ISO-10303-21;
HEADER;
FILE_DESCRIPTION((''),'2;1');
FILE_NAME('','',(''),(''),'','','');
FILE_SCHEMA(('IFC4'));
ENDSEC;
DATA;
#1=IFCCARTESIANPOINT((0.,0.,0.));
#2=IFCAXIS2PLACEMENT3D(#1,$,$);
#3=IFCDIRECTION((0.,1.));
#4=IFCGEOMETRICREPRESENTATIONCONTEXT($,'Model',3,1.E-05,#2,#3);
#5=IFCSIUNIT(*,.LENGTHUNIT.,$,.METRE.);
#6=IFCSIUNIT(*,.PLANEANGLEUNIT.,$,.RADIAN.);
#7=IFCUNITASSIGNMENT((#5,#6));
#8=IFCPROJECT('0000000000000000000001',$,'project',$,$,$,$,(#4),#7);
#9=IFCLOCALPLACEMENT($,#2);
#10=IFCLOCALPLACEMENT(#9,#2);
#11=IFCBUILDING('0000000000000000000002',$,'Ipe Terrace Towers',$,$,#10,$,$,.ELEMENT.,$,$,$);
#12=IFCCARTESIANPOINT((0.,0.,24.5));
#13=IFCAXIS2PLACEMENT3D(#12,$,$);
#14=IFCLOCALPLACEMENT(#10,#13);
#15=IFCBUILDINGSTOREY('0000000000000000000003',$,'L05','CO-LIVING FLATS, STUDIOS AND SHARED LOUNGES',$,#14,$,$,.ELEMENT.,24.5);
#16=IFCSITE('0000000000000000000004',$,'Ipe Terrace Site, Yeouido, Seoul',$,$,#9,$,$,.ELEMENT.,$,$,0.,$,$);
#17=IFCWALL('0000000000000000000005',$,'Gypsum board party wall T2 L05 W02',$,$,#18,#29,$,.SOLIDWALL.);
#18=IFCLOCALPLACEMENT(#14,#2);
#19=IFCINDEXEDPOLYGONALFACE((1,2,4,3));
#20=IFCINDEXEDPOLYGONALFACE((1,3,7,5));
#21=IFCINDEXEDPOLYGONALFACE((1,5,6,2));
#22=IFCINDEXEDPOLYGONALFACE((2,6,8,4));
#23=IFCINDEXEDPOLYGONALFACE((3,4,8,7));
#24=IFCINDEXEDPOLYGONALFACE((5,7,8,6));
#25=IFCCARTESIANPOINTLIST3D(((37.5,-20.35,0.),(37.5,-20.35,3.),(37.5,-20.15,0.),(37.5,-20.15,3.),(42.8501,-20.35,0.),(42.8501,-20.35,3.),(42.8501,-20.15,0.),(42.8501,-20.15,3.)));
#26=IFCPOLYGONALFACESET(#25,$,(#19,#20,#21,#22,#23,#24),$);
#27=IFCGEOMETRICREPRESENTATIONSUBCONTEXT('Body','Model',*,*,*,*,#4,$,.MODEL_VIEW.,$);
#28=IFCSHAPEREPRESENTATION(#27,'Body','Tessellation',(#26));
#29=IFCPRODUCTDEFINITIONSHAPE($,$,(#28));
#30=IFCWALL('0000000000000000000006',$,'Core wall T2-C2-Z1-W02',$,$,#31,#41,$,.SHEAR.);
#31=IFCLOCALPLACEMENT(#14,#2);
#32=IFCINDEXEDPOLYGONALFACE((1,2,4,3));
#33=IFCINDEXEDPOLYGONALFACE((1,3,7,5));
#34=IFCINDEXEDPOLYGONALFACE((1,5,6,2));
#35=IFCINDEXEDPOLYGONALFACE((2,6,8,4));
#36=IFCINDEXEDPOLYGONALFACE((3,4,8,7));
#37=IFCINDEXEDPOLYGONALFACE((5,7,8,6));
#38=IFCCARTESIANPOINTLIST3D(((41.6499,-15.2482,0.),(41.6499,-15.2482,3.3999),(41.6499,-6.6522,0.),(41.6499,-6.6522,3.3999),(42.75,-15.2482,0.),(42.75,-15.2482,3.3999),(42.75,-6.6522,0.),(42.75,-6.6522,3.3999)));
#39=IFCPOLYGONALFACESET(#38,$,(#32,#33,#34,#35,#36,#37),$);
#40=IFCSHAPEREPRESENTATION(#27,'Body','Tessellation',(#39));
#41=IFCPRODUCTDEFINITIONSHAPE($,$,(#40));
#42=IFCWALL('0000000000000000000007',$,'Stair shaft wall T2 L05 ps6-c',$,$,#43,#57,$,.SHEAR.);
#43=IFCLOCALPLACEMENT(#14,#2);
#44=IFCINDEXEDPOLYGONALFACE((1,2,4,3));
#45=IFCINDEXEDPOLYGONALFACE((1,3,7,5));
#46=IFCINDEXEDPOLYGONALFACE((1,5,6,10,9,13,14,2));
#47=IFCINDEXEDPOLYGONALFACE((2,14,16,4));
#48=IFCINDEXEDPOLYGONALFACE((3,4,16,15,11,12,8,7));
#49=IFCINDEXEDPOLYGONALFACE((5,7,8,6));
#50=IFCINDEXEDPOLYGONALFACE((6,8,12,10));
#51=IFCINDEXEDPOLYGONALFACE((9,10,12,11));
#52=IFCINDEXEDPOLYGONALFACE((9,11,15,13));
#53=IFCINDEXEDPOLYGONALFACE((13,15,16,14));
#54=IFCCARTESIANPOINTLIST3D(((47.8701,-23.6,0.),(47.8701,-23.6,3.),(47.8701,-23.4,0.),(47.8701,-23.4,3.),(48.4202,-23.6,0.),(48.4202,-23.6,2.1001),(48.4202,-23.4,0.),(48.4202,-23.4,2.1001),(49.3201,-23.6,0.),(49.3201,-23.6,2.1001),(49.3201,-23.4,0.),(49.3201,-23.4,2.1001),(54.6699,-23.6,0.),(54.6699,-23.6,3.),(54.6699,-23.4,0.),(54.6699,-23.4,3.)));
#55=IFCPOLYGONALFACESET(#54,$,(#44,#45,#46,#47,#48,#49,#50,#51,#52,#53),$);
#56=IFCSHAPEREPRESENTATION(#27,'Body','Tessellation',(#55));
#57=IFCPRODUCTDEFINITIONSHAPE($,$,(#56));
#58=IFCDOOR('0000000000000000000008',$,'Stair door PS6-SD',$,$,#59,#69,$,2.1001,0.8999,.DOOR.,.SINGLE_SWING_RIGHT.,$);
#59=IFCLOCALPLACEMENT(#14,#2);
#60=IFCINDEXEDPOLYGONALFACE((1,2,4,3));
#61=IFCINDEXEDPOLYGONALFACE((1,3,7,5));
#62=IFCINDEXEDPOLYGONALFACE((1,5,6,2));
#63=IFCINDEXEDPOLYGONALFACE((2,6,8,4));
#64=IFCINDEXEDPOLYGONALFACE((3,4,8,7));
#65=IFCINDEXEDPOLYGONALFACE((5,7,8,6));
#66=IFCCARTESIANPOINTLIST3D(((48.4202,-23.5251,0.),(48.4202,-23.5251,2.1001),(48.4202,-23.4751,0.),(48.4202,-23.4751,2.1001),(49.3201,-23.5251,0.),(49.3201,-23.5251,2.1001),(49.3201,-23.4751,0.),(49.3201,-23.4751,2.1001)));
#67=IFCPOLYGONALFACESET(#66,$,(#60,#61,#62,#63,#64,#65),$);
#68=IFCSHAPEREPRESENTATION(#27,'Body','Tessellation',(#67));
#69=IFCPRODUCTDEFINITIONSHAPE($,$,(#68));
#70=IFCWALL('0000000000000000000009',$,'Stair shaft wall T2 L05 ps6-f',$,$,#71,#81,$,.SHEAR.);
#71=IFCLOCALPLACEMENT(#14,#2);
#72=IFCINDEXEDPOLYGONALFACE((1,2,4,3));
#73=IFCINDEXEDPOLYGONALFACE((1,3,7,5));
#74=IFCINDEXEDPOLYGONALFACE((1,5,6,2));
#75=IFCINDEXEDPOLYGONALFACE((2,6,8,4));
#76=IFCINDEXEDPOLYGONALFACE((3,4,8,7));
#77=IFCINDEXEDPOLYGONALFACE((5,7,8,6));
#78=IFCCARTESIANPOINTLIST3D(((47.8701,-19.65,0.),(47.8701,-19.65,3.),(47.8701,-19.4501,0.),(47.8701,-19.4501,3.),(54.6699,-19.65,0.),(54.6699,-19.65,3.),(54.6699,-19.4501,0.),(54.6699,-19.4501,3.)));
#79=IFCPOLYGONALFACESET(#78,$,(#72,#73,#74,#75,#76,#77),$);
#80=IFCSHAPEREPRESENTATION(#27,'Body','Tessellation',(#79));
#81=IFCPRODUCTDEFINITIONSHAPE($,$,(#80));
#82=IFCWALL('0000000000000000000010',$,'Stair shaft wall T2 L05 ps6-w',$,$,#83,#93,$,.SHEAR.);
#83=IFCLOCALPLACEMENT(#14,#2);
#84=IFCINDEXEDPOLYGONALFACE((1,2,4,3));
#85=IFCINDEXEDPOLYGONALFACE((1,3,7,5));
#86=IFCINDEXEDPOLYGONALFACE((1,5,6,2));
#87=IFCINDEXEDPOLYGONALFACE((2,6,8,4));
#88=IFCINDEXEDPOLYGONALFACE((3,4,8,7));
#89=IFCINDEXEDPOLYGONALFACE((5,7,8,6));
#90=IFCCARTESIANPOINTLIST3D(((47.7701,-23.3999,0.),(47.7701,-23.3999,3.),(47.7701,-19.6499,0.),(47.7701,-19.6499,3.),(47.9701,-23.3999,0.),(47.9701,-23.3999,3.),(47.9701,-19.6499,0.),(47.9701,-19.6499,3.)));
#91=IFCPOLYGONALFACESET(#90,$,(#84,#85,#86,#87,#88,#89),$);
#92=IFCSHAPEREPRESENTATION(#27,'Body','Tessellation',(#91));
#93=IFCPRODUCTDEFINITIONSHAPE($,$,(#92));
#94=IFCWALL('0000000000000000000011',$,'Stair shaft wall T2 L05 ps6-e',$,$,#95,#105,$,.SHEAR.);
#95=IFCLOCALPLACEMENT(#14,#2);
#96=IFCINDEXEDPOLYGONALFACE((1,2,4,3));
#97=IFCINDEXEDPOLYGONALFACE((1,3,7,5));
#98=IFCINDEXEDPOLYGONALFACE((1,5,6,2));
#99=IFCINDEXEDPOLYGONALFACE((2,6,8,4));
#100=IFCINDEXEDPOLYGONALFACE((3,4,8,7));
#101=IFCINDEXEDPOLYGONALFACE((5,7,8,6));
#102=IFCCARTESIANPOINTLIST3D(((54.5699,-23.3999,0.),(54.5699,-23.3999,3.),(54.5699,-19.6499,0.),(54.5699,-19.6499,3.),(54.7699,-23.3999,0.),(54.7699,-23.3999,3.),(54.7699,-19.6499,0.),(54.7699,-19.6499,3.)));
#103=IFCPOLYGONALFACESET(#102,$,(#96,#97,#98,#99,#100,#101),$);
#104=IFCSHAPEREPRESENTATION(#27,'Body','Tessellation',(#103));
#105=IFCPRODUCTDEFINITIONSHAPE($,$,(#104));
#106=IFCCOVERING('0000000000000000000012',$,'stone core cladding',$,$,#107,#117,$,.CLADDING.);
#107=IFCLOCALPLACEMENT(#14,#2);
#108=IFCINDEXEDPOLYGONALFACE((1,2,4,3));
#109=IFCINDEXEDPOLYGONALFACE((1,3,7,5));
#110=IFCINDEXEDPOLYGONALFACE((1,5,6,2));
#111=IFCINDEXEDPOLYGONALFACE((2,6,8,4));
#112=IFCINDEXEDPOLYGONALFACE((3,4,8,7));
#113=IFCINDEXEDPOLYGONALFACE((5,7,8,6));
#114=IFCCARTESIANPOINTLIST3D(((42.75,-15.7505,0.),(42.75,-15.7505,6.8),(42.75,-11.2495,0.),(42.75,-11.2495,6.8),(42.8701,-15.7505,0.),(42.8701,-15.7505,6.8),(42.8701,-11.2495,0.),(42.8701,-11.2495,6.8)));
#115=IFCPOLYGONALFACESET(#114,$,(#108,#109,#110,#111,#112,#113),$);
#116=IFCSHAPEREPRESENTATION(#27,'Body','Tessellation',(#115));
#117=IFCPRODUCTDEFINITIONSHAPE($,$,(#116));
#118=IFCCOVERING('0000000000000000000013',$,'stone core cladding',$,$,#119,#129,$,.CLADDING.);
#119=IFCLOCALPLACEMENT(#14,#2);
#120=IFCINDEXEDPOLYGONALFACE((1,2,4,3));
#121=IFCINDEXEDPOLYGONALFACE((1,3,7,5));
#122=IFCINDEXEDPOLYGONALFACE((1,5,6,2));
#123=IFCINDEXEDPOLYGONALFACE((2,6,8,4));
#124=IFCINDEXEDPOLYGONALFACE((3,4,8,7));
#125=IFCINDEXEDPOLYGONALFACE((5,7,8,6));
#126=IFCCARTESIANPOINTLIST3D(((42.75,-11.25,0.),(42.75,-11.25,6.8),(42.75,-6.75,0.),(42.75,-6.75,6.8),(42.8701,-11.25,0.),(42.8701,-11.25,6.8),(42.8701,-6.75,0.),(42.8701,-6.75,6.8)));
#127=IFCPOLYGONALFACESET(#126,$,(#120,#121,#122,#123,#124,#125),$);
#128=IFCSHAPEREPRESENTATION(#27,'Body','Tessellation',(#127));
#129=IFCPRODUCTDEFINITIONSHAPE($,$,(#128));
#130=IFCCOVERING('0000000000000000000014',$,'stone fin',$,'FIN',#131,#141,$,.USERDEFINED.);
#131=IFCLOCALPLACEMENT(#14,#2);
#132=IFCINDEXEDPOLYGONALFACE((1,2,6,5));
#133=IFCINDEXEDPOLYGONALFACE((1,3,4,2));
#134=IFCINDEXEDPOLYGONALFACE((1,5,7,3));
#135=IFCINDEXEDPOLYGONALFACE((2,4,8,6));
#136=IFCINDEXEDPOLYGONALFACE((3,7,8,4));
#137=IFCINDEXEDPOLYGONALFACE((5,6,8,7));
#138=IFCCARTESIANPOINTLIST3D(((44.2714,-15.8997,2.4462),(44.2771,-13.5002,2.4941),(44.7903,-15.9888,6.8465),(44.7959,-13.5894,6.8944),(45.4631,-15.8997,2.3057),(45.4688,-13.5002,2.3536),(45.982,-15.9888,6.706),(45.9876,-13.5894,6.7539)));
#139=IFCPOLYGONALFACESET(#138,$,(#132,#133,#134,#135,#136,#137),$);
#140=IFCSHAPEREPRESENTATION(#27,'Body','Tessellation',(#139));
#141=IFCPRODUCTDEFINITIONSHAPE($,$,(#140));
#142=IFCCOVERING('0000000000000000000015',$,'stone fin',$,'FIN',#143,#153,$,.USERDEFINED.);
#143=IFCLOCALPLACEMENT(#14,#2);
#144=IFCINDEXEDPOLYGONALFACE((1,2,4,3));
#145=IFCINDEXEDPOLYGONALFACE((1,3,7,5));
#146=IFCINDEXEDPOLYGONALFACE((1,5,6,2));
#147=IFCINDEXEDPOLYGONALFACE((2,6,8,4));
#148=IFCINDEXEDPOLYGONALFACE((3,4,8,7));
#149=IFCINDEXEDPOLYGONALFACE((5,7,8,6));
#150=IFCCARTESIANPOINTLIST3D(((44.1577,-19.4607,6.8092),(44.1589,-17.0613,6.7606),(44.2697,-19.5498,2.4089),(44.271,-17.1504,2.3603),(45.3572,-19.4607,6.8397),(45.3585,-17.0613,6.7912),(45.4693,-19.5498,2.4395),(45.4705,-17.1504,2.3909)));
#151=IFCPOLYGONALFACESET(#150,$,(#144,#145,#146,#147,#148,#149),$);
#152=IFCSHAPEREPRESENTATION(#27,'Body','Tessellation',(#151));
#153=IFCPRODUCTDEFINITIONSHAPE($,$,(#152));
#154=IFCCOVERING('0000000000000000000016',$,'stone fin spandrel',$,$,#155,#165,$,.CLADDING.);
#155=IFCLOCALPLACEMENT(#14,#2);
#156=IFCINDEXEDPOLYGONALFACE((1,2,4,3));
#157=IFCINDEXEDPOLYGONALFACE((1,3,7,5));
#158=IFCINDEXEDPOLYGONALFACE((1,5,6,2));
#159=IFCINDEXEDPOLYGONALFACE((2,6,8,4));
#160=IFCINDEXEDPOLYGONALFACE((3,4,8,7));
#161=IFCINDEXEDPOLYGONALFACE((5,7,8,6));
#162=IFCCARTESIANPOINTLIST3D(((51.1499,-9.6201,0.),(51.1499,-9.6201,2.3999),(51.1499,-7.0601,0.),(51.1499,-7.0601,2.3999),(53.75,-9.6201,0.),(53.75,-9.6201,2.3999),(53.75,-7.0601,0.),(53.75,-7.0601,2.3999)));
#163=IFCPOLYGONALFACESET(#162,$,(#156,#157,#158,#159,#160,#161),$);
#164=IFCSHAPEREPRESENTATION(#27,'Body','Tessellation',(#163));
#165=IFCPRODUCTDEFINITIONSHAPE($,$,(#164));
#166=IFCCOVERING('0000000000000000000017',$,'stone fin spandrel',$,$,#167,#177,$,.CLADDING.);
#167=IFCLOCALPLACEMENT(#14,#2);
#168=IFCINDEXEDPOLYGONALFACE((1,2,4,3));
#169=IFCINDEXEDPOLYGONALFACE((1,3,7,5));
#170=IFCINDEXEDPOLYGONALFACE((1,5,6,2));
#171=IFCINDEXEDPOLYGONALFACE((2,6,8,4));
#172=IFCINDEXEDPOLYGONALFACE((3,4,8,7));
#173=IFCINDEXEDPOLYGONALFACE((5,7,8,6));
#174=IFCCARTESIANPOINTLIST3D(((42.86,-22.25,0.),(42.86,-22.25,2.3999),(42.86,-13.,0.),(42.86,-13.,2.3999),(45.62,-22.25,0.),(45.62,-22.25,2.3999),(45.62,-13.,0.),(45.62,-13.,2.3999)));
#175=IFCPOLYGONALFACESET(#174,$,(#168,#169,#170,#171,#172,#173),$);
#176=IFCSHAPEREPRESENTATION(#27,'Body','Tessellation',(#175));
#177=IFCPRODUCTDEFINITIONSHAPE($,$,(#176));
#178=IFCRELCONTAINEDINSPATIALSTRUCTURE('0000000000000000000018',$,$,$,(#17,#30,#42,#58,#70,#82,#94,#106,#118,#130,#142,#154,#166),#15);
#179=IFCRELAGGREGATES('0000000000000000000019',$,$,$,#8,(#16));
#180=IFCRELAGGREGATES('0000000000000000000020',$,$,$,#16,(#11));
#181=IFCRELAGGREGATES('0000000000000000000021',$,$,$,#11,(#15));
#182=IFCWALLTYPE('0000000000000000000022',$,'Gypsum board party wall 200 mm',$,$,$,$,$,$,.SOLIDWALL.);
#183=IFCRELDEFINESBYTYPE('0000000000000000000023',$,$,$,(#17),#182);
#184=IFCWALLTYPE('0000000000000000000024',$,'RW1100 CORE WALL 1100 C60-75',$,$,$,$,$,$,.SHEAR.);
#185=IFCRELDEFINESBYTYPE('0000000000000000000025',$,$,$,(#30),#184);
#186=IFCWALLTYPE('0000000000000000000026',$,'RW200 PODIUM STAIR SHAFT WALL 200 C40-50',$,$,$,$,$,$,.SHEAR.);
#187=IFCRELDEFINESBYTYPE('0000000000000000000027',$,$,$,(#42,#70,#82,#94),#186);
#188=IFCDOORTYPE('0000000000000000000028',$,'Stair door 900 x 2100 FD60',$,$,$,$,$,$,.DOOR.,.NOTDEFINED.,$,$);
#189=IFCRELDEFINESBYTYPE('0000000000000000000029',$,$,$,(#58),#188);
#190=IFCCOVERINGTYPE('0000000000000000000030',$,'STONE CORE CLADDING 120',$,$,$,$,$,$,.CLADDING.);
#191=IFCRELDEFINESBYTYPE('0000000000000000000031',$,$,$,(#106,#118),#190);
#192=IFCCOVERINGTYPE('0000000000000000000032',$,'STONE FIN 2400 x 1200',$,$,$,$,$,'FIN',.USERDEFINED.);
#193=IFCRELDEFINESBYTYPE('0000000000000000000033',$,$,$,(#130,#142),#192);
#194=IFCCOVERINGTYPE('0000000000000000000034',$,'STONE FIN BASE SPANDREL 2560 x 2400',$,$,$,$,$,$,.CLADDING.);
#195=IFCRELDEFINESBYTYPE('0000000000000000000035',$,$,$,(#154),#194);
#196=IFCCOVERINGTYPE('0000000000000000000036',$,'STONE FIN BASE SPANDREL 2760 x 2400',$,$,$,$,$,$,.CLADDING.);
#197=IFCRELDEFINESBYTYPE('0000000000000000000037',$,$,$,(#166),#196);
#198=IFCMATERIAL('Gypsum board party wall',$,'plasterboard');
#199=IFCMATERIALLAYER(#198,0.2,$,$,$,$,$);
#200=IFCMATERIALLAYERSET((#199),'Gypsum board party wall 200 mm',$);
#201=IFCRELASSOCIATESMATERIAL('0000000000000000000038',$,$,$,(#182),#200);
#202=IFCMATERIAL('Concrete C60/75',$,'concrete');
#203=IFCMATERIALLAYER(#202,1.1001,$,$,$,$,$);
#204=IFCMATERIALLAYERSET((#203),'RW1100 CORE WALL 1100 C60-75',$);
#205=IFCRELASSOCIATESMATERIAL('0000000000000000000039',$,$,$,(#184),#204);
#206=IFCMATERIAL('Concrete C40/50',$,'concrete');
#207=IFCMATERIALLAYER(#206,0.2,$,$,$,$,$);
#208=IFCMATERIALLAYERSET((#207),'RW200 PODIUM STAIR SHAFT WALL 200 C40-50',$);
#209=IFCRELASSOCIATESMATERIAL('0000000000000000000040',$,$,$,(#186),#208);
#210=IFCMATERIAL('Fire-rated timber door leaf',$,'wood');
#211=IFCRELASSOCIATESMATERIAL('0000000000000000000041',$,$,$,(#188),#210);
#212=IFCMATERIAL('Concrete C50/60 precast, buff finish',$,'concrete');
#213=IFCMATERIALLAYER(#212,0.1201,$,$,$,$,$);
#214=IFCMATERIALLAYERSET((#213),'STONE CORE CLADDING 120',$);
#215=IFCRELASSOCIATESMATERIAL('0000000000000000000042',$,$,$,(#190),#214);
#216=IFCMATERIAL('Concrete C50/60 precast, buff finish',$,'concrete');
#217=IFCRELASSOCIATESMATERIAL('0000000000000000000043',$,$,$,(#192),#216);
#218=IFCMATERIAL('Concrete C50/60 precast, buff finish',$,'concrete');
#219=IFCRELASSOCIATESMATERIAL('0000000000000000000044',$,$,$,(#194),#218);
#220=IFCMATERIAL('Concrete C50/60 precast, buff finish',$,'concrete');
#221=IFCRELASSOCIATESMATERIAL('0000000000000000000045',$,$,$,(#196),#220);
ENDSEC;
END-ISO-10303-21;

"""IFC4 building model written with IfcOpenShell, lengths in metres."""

from ifc_helpers import new_model, si_unit, direction, frame, frame_2d, origin, origin_2d, place, context, subcontext, project, spatial, rectangle, extrude, material, layer, layer_set, material_profile, profile_set, type_object, element, fill, save


model = new_model("IFC4")

# Units and contexts
model_context = context("Model", 3, precision=1e-05, world=origin(), true_north=direction((0.0, 1.0)))
body_context = subcontext(model_context, "Body", "Model", "MODEL_VIEW")
ifc_project = project(units=[si_unit("LENGTHUNIT", "METRE"), si_unit("PLANEANGLEUNIT", "RADIAN")], contexts=[model_context])

# Site, building, storey
site_placement = place(None, origin())
site = spatial("IfcSite", under=ifc_project, at=site_placement, Name="Ipe Terrace Site, Yeouido, Seoul", CompositionType="ELEMENT", RefElevation=0.0)
building_placement = place(site_placement, origin())
building = spatial("IfcBuilding", under=site, at=building_placement, Name="Ipe Terrace Towers", CompositionType="ELEMENT")
storey_placement = place(building_placement, frame((0.0, 0.0, 24.5)))
storey = spatial("IfcBuildingStorey", under=building, at=storey_placement, Name="L05", Description="CO-LIVING FLATS, STUDIOS AND SHARED LOUNGES", CompositionType="ELEMENT", Elevation=24.5)

# Walls
ifc_material_1 = material(Name="Gypsum board party wall", Category="plasterboard")
ifc_layer_1 = layer(ifc_material_1, 0.2)
ifc_layer_set_1 = layer_set([ifc_layer_1], Name="Gypsum board party wall 200 mm")
wall_type_1 = type_object("IfcWallType", Name="Gypsum board party wall 200 mm", PredefinedType="SOLIDWALL", material=ifc_layer_set_1)
wall_1_placement = place(storey_placement, frame((42.8501, -20.25, 0.0), z_axis=(0.0, 0.0, 1.0), x_axis=(-1.0, 0.0, 0.0)))
element("IfcWall", 1, at=wall_1_placement, inside=storey, type_object=wall_type_1, Name="Gypsum board party wall T2 L05 W02", PredefinedType="SOLIDWALL", context=body_context, shape_type="SweptSolid", body=[
    extrude(rectangle(XDim=5.3501, YDim=0.2, at=frame_2d((2.675, 0.0))), origin(), (0.0, 0.0, 1.0), 3.0),
])
ifc_material_2 = material(Name="Concrete C60/75", Category="concrete")
ifc_layer_2 = layer(ifc_material_2, 1.1001)
ifc_layer_set_2 = layer_set([ifc_layer_2], Name="RW1100 CORE WALL 1100 C60-75")
wall_type_2 = type_object("IfcWallType", Name="RW1100 CORE WALL 1100 C60-75", PredefinedType="SHEAR", material=ifc_layer_set_2)
wall_2_placement = place(storey_placement, frame((42.2, -15.248, 0.0), z_axis=(0.0, 0.0, 1.0), x_axis=(0.0, 1.0, 0.0)))
element("IfcWall", 2, at=wall_2_placement, inside=storey, type_object=wall_type_2, Name="Core wall T2-C2-Z1-W02", PredefinedType="SHEAR", context=body_context, shape_type="SweptSolid", body=[
    extrude(rectangle(XDim=8.5959, YDim=1.1001, at=frame_2d((4.2979, 0.0))), origin(), (0.0, 0.0, 1.0), 3.3999),
])

# Wall, opening, door
ifc_material_3 = material(Name="Concrete C40/50", Category="concrete")
ifc_layer_3 = layer(ifc_material_3, 0.2)
ifc_layer_set_3 = layer_set([ifc_layer_3], Name="RW200 PODIUM STAIR SHAFT WALL 200 C40-50")
wall_type_3 = type_object("IfcWallType", Name="RW200 PODIUM STAIR SHAFT WALL 200 C40-50", PredefinedType="SHEAR", material=ifc_layer_set_3)
wall_3_placement = place(storey_placement, frame((47.8701, -23.5, 0.0), z_axis=(0.0, 0.0, 1.0), x_axis=(1.0, 0.0, 0.0)))
wall_3 = element("IfcWall", 3, at=wall_3_placement, inside=storey, type_object=wall_type_3, Name="Stair shaft wall T2 L05 ps6-c", PredefinedType="SHEAR", context=body_context, shape_type="SweptSolid", body=[
    extrude(rectangle(XDim=6.7998, YDim=0.2, at=frame_2d((3.3999, 0.0))), origin(), (0.0, 0.0, 1.0), 3.0),
])
opening_placement = place(wall_3_placement, frame((0.55, 0.0, 0.0)))
opening = element("IfcOpeningElement", 4, at=opening_placement, cuts=wall_3, PredefinedType="OPENING", context=body_context, shape_type="SweptSolid", body=[
    extrude(rectangle(XDim=0.8999, YDim=2.1001, at=frame_2d((0.45, 1.05))), frame((0.0, 0.1099, 0.0), z_axis=(0.0, -1.0, 0.0), x_axis=(1.0, 0.0, 0.0)), (0.0, 0.0, 1.0), 0.22),
])
ifc_material_4 = material(Name="Fire-rated timber door leaf", Category="wood")
door_type = type_object("IfcDoorType", Name="Stair door 900 x 2100 FD60", OperationType="NOTDEFINED", PredefinedType="DOOR", material=ifc_material_4)
door_placement = place(opening_placement, origin())
door = element("IfcDoor", 5, at=door_placement, inside=storey, type_object=door_type, Name="Stair door PS6-SD", OperationType="SINGLE_SWING_RIGHT", OverallHeight=2.1001, OverallWidth=0.8999, PredefinedType="DOOR", context=body_context, shape_type="SweptSolid", body=[
    extrude(rectangle(XDim=0.8999, YDim=2.1001, at=frame_2d((0.45, 1.05))), frame((0.0, 0.0249, 0.0), z_axis=(0.0, -1.0, 0.0), x_axis=(1.0, 0.0, 0.0)), (0.0, 0.0, 1.0), 0.05),
])
fill(opening, door)

# Walls
wall_4_placement = place(storey_placement, frame((47.8701, -19.55, 0.0), z_axis=(0.0, 0.0, 1.0), x_axis=(1.0, 0.0, 0.0)))
element("IfcWall", 6, at=wall_4_placement, inside=storey, type_object=wall_type_3, Name="Stair shaft wall T2 L05 ps6-f", PredefinedType="SHEAR", context=body_context, shape_type="SweptSolid", body=[
    extrude(rectangle(XDim=6.7998, YDim=0.2, at=frame_2d((3.3999, 0.0))), origin(), (0.0, 0.0, 1.0), 3.0),
])
for number, where, z_axis, x_axis, name in (
    (7, (47.8701, -23.3999, 0.0), (0.0, 0.0, 1.0), (0.0, 1.0, 0.0), "Stair shaft wall T2 L05 ps6-w"),
    (8, (54.6699, -23.3999, 0.0), (0.0, 0.0, 1.0), (0.0, 1.0, 0.0), "Stair shaft wall T2 L05 ps6-e"),
):
    element("IfcWall", number, at=place(storey_placement, frame(where, z_axis=z_axis, x_axis=x_axis)), inside=storey, type_object=wall_type_3, Name=name, PredefinedType="SHEAR", context=body_context, shape_type="SweptSolid", body=[
        extrude(rectangle(XDim=3.75, YDim=0.2, at=frame_2d((1.875, 0.0))), origin(), (0.0, 0.0, 1.0), 3.0),
    ])

# Coverings
ifc_material_5 = material(Name="Concrete C50/60 precast, buff finish", Category="concrete")
ifc_layer_4 = layer(ifc_material_5, 0.1201)
ifc_layer_set_4 = layer_set([ifc_layer_4], Name="STONE CORE CLADDING 120")
covering_type_1 = type_object("IfcCoveringType", Name="STONE CORE CLADDING 120", PredefinedType="CLADDING", material=ifc_layer_set_4)
covering_1_placement = place(storey_placement, frame((42.8101, -13.5, 0.0), z_axis=(0.0, 0.0, 1.0), x_axis=(0.0, 1.0, 0.0)))
element("IfcCovering", 9, at=covering_1_placement, inside=storey, type_object=covering_type_1, Name="stone core cladding", PredefinedType="CLADDING", context=body_context, shape_type="SweptSolid", body=[
    extrude(rectangle(XDim=4.501, YDim=0.1201, at=origin_2d()), origin(), (0.0, 0.0, 1.0), 6.8),
])
covering_2_placement = place(storey_placement, frame((42.8101, -9.0, 0.0), z_axis=(0.0, 0.0, 1.0), x_axis=(0.0, 1.0, 0.0)))
element("IfcCovering", 10, at=covering_2_placement, inside=storey, type_object=covering_type_1, Name="stone core cladding", PredefinedType="CLADDING", context=body_context, shape_type="SweptSolid", body=[
    extrude(rectangle(XDim=4.5, YDim=0.1201, at=origin_2d()), origin(), (0.0, 0.0, 1.0), 6.8),
])
ifc_material_6 = material(Name="Concrete C50/60 precast, buff finish", Category="concrete")
ifc_material_profile_1 = material_profile(ifc_material_6, rectangle(XDim=2.3999, YDim=1.2, at=origin_2d()), Name="STONE FIN 2400 x 1200")
ifc_profile_set_1 = profile_set([ifc_material_profile_1], Name="Concrete C50/60 precast, buff finish")
covering_type_2 = type_object("IfcCoveringType", Name="STONE FIN 2400 x 1200", ElementType="FIN", PredefinedType="USERDEFINED", material=ifc_profile_set_1)
covering_3_placement = place(storey_placement, frame((44.8701, -14.7, 2.3999), z_axis=(0.11707, -0.020109, 0.99292), x_axis=(0.002355, 0.999798, 0.01997)))
element("IfcCovering", 11, at=covering_3_placement, inside=storey, type_object=covering_type_2, Name="stone fin", ObjectType="FIN", PredefinedType="USERDEFINED", context=body_context, shape_type="SweptSolid", body=[
    extrude(rectangle(XDim=2.3999, YDim=1.2, at=origin_2d()), origin(), (0.0, 0.0, 1.0), 4.4316),
])
covering_4_placement = place(storey_placement, frame((44.8701, -18.3501, 2.3999), z_axis=(-0.025454, 0.020241, 0.999471), x_axis=(0.000515, 0.999795, -0.020235)))
element("IfcCovering", 12, at=covering_4_placement, inside=storey, type_object=covering_type_2, Name="stone fin", ObjectType="FIN", PredefinedType="USERDEFINED", context=body_context, shape_type="SweptSolid", body=[
    extrude(rectangle(XDim=2.3999, YDim=1.2, at=origin_2d()), origin(), (0.0, 0.0, 1.0), 4.4026),
])
ifc_material_7 = material(Name="Concrete C50/60 precast, buff finish", Category="concrete")
ifc_material_profile_2 = material_profile(ifc_material_7, rectangle(XDim=2.5601, YDim=2.3999, at=origin_2d()), Name="STONE FIN BASE SPANDREL 2560 x 2400")
ifc_profile_set_2 = profile_set([ifc_material_profile_2], Name="Concrete C50/60 precast, buff finish")
covering_type_3 = type_object("IfcCoveringType", Name="STONE FIN BASE SPANDREL 2560 x 2400", PredefinedType="CLADDING", material=ifc_profile_set_2)
covering_5_placement = place(storey_placement, frame((51.1499, -8.3401, 1.2), z_axis=(1.0, 0.0, 0.0), x_axis=(0.0, -1.0, 0.0)))
element("IfcCovering", 13, at=covering_5_placement, inside=storey, type_object=covering_type_3, Name="stone fin spandrel", PredefinedType="CLADDING", context=body_context, shape_type="SweptSolid", body=[
    extrude(rectangle(XDim=2.5601, YDim=2.3999, at=origin_2d()), origin(), (0.0, 0.0, 1.0), 2.6001),
])
ifc_material_8 = material(Name="Concrete C50/60 precast, buff finish", Category="concrete")
ifc_material_profile_3 = material_profile(ifc_material_8, rectangle(XDim=2.76, YDim=2.3999, at=origin_2d()), Name="STONE FIN BASE SPANDREL 2760 x 2400")
ifc_profile_set_3 = profile_set([ifc_material_profile_3], Name="Concrete C50/60 precast, buff finish")
covering_type_4 = type_object("IfcCoveringType", Name="STONE FIN BASE SPANDREL 2760 x 2400", PredefinedType="CLADDING", material=ifc_profile_set_3)
covering_6_placement = place(storey_placement, frame((44.24, -22.25, 1.2), z_axis=(0.0, 1.0, 0.0), x_axis=(1.0, 0.0, 0.0)))
element("IfcCovering", 14, at=covering_6_placement, inside=storey, type_object=covering_type_4, Name="stone fin spandrel", PredefinedType="CLADDING", context=body_context, shape_type="SweptSolid", body=[
    extrude(rectangle(XDim=2.76, YDim=2.3999, at=origin_2d()), origin(), (0.0, 0.0, 1.0), 9.25),
])

save(model, "model.ifc")
